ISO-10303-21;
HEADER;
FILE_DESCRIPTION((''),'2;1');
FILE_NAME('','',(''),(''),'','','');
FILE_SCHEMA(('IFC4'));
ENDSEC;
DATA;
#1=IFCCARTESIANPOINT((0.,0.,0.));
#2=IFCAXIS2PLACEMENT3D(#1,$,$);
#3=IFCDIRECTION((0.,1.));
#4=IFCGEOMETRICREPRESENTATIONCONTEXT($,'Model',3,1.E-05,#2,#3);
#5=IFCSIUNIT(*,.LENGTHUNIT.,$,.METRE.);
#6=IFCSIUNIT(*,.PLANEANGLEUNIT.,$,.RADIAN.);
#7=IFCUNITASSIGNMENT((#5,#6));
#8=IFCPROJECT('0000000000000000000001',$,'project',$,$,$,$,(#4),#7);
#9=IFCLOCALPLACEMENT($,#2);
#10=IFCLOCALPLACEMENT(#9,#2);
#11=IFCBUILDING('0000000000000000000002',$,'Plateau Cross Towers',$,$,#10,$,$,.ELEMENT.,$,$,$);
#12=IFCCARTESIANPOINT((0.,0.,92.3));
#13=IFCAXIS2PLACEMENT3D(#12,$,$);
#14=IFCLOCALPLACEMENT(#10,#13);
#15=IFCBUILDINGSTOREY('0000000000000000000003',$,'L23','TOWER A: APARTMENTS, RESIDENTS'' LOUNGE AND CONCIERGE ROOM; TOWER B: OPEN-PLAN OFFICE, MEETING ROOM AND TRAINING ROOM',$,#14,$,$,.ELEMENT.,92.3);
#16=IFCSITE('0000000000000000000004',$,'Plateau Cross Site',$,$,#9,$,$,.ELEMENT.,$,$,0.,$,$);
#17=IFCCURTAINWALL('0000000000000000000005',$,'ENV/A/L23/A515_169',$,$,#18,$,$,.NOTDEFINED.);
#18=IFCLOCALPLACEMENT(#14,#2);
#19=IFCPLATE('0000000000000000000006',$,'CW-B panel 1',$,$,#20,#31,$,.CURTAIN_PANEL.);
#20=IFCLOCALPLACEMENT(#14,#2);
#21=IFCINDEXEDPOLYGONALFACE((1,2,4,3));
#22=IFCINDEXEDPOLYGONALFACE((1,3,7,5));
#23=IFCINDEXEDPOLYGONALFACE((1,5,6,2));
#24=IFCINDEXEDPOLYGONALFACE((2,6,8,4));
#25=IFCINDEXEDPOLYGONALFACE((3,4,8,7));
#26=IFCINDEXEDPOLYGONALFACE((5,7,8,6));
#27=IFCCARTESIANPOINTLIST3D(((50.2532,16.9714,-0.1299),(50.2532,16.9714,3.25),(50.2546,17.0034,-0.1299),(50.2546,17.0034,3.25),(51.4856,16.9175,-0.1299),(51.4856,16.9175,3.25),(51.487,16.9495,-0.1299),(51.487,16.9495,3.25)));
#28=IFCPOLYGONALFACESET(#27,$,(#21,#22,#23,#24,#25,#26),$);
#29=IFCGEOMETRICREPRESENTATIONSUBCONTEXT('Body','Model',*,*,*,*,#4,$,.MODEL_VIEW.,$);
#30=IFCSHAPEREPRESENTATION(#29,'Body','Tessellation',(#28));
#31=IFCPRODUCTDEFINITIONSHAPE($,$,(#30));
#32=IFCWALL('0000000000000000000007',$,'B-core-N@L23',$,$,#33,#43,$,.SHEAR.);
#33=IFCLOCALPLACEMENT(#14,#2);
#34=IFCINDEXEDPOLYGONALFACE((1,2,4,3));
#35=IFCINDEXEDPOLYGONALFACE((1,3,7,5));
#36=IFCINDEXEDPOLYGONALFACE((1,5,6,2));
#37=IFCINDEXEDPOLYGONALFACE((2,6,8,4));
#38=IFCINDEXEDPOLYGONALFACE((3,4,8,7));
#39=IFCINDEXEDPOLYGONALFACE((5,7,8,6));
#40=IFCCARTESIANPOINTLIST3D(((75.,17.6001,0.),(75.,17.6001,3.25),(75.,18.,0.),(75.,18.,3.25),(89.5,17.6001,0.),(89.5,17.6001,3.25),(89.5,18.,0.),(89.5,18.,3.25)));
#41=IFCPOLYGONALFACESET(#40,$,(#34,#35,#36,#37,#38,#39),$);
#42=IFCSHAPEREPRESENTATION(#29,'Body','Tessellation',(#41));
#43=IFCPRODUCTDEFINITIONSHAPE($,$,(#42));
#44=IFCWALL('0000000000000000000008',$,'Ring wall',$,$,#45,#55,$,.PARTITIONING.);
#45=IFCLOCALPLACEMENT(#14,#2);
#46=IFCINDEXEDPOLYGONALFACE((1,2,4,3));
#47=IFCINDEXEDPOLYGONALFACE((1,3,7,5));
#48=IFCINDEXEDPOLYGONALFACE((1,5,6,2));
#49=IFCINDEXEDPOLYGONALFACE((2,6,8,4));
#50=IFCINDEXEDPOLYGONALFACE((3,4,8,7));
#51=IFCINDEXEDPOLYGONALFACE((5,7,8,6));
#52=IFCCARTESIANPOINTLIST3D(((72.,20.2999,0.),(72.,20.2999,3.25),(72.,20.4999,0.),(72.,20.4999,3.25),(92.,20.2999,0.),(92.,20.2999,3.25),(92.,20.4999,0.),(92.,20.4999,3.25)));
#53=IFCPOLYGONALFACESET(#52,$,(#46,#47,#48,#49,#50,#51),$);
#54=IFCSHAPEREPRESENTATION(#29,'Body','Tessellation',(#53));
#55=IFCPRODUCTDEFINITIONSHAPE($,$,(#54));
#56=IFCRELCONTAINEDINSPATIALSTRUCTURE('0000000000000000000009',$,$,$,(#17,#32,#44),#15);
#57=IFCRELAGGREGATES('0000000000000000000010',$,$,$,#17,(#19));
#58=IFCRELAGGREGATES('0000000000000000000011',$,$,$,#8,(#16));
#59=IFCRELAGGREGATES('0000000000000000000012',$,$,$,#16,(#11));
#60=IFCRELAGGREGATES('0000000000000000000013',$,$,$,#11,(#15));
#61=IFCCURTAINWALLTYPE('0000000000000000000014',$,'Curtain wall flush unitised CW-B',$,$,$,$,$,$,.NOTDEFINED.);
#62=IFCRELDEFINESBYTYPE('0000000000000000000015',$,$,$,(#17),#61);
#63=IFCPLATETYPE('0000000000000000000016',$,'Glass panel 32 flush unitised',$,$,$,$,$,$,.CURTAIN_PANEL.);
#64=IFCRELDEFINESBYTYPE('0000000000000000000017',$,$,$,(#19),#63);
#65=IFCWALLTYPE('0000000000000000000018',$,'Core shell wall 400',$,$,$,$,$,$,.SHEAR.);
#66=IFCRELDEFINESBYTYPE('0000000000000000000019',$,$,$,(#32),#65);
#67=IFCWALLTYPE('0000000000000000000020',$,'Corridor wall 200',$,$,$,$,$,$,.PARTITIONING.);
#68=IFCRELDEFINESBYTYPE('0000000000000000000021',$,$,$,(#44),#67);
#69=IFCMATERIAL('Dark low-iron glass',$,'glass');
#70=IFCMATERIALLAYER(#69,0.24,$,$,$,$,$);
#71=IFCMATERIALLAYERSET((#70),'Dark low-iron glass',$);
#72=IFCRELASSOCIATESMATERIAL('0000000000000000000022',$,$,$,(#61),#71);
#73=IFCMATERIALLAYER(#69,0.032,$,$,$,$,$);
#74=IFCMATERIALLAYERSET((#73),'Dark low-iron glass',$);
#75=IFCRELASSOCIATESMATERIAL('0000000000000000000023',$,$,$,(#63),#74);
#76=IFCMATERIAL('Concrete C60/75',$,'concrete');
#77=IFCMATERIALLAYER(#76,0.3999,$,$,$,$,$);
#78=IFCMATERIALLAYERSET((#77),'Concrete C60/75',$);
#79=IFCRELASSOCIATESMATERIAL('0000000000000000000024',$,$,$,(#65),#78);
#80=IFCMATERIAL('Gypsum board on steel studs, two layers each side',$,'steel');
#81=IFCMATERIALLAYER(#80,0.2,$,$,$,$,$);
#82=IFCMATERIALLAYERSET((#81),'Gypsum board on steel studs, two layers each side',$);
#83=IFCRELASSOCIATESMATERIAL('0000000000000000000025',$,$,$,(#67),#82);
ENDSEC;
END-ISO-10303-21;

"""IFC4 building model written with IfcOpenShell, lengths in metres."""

from ifc_helpers import new_model, si_unit, direction, frame, frame_2d, origin, origin_2d, place, context, subcontext, project, spatial, rectangle, extrude, material, layer, layer_set, type_object, element, aggregate, save


model = new_model("IFC4")

# Units and contexts
model_context = context("Model", 3, precision=1e-05, world=origin(), true_north=direction((0.0, 1.0)))
body_context = subcontext(model_context, "Body", "Model", "MODEL_VIEW")
ifc_project = project(units=[si_unit("LENGTHUNIT", "METRE"), si_unit("PLANEANGLEUNIT", "RADIAN")], contexts=[model_context])

# Site, building, storey
site_placement = place(None, origin())
site = spatial("IfcSite", under=ifc_project, at=site_placement, Name="Plateau Cross Site", CompositionType="ELEMENT", RefElevation=0.0)
building_placement = place(site_placement, origin())
building = spatial("IfcBuilding", under=site, at=building_placement, Name="Plateau Cross Towers", CompositionType="ELEMENT")
storey_placement = place(building_placement, frame((0.0, 0.0, 92.3)))
storey = spatial("IfcBuildingStorey", under=building, at=storey_placement, Name="L23", Description="TOWER A: APARTMENTS, RESIDENTS' LOUNGE AND CONCIERGE ROOM; TOWER B: OPEN-PLAN OFFICE, MEETING ROOM AND TRAINING ROOM", CompositionType="ELEMENT", Elevation=92.3)

# Shared definitions
ifc_material_1 = material(Name="Concrete C60/75", Category="concrete")

# Shared definitions
ifc_material_2 = material(Name="Dark low-iron glass", Category="glass")
ifc_layer_1 = layer(ifc_material_2, 0.24)
ifc_layer_set_1 = layer_set([ifc_layer_1], Name="Dark low-iron glass")
curtain_wall_type_1 = type_object("IfcCurtainWallType", Name="Curtain wall flush unitised CW-B", PredefinedType="NOTDEFINED", material=ifc_layer_set_1)

# Curtain wall
curtain_wall_1_placement = place(storey_placement, origin())
curtain_wall_1 = element("IfcCurtainWall", 1, at=curtain_wall_1_placement, inside=storey, type_object=curtain_wall_type_1, Name="ENV/A/L23/A515_169", PredefinedType="NOTDEFINED")

# Shared definitions
ifc_layer_2 = layer(ifc_material_2, 0.032)
ifc_layer_set_2 = layer_set([ifc_layer_2], Name="Dark low-iron glass")
plate_type_1 = type_object("IfcPlateType", Name="Glass panel 32 flush unitised", PredefinedType="CURTAIN_PANEL", material=ifc_layer_set_2)

# Plate
plate_1_placement = place(storey_placement, frame((50.8701, 16.9604, -0.1299), z_axis=(0.0, 0.0, 1.0), x_axis=(-0.999044, 0.043723, 0.0)))
plate_1 = element("IfcPlate", 2, at=plate_1_placement, type_object=plate_type_1, Name="CW-B panel 1", PredefinedType="CURTAIN_PANEL", context=body_context, shape_type="SweptSolid", body=[
    extrude(rectangle(XDim=1.2336, YDim=0.032, at=origin_2d()), origin(), (0.0, 0.0, 1.0), 3.3799),
])
aggregate(curtain_wall_1, [plate_1])

# Walls
ifc_layer_3 = layer(ifc_material_1, 0.3999)
ifc_layer_set_3 = layer_set([ifc_layer_3], Name="Concrete C60/75")
wall_type_1 = type_object("IfcWallType", Name="Core shell wall 400", PredefinedType="SHEAR", material=ifc_layer_set_3)
wall_1_placement = place(storey_placement, frame((75.0, 17.8, 0.0), z_axis=(0.0, 0.0, 1.0), x_axis=(1.0, 0.0, 0.0)))
element("IfcWall", 3, at=wall_1_placement, inside=storey, type_object=wall_type_1, Name="B-core-N@L23", PredefinedType="SHEAR", context=body_context, shape_type="SweptSolid", body=[
    extrude(rectangle(XDim=14.5, YDim=0.3999, at=frame_2d((7.25, 0.0))), origin(), (0.0, 0.0, 1.0), 3.25),
])
ifc_material_3 = material(Name="Gypsum board on steel studs, two layers each side", Category="steel")
ifc_layer_4 = layer(ifc_material_3, 0.2)
ifc_layer_set_4 = layer_set([ifc_layer_4], Name="Gypsum board on steel studs, two layers each side")
wall_type_2 = type_object("IfcWallType", Name="Corridor wall 200", PredefinedType="PARTITIONING", material=ifc_layer_set_4)
wall_2_placement = place(storey_placement, frame((72.0, 20.3999, 0.0), z_axis=(0.0, 0.0, 1.0), x_axis=(1.0, 0.0, 0.0)))
element("IfcWall", 4, at=wall_2_placement, inside=storey, type_object=wall_type_2, Name="Ring wall", PredefinedType="PARTITIONING", context=body_context, shape_type="SweptSolid", body=[
    extrude(rectangle(XDim=20.0, YDim=0.2, at=frame_2d((10.0, 0.0))), origin(), (0.0, 0.0, 1.0), 3.25),
])

save(model, "model.ifc")
